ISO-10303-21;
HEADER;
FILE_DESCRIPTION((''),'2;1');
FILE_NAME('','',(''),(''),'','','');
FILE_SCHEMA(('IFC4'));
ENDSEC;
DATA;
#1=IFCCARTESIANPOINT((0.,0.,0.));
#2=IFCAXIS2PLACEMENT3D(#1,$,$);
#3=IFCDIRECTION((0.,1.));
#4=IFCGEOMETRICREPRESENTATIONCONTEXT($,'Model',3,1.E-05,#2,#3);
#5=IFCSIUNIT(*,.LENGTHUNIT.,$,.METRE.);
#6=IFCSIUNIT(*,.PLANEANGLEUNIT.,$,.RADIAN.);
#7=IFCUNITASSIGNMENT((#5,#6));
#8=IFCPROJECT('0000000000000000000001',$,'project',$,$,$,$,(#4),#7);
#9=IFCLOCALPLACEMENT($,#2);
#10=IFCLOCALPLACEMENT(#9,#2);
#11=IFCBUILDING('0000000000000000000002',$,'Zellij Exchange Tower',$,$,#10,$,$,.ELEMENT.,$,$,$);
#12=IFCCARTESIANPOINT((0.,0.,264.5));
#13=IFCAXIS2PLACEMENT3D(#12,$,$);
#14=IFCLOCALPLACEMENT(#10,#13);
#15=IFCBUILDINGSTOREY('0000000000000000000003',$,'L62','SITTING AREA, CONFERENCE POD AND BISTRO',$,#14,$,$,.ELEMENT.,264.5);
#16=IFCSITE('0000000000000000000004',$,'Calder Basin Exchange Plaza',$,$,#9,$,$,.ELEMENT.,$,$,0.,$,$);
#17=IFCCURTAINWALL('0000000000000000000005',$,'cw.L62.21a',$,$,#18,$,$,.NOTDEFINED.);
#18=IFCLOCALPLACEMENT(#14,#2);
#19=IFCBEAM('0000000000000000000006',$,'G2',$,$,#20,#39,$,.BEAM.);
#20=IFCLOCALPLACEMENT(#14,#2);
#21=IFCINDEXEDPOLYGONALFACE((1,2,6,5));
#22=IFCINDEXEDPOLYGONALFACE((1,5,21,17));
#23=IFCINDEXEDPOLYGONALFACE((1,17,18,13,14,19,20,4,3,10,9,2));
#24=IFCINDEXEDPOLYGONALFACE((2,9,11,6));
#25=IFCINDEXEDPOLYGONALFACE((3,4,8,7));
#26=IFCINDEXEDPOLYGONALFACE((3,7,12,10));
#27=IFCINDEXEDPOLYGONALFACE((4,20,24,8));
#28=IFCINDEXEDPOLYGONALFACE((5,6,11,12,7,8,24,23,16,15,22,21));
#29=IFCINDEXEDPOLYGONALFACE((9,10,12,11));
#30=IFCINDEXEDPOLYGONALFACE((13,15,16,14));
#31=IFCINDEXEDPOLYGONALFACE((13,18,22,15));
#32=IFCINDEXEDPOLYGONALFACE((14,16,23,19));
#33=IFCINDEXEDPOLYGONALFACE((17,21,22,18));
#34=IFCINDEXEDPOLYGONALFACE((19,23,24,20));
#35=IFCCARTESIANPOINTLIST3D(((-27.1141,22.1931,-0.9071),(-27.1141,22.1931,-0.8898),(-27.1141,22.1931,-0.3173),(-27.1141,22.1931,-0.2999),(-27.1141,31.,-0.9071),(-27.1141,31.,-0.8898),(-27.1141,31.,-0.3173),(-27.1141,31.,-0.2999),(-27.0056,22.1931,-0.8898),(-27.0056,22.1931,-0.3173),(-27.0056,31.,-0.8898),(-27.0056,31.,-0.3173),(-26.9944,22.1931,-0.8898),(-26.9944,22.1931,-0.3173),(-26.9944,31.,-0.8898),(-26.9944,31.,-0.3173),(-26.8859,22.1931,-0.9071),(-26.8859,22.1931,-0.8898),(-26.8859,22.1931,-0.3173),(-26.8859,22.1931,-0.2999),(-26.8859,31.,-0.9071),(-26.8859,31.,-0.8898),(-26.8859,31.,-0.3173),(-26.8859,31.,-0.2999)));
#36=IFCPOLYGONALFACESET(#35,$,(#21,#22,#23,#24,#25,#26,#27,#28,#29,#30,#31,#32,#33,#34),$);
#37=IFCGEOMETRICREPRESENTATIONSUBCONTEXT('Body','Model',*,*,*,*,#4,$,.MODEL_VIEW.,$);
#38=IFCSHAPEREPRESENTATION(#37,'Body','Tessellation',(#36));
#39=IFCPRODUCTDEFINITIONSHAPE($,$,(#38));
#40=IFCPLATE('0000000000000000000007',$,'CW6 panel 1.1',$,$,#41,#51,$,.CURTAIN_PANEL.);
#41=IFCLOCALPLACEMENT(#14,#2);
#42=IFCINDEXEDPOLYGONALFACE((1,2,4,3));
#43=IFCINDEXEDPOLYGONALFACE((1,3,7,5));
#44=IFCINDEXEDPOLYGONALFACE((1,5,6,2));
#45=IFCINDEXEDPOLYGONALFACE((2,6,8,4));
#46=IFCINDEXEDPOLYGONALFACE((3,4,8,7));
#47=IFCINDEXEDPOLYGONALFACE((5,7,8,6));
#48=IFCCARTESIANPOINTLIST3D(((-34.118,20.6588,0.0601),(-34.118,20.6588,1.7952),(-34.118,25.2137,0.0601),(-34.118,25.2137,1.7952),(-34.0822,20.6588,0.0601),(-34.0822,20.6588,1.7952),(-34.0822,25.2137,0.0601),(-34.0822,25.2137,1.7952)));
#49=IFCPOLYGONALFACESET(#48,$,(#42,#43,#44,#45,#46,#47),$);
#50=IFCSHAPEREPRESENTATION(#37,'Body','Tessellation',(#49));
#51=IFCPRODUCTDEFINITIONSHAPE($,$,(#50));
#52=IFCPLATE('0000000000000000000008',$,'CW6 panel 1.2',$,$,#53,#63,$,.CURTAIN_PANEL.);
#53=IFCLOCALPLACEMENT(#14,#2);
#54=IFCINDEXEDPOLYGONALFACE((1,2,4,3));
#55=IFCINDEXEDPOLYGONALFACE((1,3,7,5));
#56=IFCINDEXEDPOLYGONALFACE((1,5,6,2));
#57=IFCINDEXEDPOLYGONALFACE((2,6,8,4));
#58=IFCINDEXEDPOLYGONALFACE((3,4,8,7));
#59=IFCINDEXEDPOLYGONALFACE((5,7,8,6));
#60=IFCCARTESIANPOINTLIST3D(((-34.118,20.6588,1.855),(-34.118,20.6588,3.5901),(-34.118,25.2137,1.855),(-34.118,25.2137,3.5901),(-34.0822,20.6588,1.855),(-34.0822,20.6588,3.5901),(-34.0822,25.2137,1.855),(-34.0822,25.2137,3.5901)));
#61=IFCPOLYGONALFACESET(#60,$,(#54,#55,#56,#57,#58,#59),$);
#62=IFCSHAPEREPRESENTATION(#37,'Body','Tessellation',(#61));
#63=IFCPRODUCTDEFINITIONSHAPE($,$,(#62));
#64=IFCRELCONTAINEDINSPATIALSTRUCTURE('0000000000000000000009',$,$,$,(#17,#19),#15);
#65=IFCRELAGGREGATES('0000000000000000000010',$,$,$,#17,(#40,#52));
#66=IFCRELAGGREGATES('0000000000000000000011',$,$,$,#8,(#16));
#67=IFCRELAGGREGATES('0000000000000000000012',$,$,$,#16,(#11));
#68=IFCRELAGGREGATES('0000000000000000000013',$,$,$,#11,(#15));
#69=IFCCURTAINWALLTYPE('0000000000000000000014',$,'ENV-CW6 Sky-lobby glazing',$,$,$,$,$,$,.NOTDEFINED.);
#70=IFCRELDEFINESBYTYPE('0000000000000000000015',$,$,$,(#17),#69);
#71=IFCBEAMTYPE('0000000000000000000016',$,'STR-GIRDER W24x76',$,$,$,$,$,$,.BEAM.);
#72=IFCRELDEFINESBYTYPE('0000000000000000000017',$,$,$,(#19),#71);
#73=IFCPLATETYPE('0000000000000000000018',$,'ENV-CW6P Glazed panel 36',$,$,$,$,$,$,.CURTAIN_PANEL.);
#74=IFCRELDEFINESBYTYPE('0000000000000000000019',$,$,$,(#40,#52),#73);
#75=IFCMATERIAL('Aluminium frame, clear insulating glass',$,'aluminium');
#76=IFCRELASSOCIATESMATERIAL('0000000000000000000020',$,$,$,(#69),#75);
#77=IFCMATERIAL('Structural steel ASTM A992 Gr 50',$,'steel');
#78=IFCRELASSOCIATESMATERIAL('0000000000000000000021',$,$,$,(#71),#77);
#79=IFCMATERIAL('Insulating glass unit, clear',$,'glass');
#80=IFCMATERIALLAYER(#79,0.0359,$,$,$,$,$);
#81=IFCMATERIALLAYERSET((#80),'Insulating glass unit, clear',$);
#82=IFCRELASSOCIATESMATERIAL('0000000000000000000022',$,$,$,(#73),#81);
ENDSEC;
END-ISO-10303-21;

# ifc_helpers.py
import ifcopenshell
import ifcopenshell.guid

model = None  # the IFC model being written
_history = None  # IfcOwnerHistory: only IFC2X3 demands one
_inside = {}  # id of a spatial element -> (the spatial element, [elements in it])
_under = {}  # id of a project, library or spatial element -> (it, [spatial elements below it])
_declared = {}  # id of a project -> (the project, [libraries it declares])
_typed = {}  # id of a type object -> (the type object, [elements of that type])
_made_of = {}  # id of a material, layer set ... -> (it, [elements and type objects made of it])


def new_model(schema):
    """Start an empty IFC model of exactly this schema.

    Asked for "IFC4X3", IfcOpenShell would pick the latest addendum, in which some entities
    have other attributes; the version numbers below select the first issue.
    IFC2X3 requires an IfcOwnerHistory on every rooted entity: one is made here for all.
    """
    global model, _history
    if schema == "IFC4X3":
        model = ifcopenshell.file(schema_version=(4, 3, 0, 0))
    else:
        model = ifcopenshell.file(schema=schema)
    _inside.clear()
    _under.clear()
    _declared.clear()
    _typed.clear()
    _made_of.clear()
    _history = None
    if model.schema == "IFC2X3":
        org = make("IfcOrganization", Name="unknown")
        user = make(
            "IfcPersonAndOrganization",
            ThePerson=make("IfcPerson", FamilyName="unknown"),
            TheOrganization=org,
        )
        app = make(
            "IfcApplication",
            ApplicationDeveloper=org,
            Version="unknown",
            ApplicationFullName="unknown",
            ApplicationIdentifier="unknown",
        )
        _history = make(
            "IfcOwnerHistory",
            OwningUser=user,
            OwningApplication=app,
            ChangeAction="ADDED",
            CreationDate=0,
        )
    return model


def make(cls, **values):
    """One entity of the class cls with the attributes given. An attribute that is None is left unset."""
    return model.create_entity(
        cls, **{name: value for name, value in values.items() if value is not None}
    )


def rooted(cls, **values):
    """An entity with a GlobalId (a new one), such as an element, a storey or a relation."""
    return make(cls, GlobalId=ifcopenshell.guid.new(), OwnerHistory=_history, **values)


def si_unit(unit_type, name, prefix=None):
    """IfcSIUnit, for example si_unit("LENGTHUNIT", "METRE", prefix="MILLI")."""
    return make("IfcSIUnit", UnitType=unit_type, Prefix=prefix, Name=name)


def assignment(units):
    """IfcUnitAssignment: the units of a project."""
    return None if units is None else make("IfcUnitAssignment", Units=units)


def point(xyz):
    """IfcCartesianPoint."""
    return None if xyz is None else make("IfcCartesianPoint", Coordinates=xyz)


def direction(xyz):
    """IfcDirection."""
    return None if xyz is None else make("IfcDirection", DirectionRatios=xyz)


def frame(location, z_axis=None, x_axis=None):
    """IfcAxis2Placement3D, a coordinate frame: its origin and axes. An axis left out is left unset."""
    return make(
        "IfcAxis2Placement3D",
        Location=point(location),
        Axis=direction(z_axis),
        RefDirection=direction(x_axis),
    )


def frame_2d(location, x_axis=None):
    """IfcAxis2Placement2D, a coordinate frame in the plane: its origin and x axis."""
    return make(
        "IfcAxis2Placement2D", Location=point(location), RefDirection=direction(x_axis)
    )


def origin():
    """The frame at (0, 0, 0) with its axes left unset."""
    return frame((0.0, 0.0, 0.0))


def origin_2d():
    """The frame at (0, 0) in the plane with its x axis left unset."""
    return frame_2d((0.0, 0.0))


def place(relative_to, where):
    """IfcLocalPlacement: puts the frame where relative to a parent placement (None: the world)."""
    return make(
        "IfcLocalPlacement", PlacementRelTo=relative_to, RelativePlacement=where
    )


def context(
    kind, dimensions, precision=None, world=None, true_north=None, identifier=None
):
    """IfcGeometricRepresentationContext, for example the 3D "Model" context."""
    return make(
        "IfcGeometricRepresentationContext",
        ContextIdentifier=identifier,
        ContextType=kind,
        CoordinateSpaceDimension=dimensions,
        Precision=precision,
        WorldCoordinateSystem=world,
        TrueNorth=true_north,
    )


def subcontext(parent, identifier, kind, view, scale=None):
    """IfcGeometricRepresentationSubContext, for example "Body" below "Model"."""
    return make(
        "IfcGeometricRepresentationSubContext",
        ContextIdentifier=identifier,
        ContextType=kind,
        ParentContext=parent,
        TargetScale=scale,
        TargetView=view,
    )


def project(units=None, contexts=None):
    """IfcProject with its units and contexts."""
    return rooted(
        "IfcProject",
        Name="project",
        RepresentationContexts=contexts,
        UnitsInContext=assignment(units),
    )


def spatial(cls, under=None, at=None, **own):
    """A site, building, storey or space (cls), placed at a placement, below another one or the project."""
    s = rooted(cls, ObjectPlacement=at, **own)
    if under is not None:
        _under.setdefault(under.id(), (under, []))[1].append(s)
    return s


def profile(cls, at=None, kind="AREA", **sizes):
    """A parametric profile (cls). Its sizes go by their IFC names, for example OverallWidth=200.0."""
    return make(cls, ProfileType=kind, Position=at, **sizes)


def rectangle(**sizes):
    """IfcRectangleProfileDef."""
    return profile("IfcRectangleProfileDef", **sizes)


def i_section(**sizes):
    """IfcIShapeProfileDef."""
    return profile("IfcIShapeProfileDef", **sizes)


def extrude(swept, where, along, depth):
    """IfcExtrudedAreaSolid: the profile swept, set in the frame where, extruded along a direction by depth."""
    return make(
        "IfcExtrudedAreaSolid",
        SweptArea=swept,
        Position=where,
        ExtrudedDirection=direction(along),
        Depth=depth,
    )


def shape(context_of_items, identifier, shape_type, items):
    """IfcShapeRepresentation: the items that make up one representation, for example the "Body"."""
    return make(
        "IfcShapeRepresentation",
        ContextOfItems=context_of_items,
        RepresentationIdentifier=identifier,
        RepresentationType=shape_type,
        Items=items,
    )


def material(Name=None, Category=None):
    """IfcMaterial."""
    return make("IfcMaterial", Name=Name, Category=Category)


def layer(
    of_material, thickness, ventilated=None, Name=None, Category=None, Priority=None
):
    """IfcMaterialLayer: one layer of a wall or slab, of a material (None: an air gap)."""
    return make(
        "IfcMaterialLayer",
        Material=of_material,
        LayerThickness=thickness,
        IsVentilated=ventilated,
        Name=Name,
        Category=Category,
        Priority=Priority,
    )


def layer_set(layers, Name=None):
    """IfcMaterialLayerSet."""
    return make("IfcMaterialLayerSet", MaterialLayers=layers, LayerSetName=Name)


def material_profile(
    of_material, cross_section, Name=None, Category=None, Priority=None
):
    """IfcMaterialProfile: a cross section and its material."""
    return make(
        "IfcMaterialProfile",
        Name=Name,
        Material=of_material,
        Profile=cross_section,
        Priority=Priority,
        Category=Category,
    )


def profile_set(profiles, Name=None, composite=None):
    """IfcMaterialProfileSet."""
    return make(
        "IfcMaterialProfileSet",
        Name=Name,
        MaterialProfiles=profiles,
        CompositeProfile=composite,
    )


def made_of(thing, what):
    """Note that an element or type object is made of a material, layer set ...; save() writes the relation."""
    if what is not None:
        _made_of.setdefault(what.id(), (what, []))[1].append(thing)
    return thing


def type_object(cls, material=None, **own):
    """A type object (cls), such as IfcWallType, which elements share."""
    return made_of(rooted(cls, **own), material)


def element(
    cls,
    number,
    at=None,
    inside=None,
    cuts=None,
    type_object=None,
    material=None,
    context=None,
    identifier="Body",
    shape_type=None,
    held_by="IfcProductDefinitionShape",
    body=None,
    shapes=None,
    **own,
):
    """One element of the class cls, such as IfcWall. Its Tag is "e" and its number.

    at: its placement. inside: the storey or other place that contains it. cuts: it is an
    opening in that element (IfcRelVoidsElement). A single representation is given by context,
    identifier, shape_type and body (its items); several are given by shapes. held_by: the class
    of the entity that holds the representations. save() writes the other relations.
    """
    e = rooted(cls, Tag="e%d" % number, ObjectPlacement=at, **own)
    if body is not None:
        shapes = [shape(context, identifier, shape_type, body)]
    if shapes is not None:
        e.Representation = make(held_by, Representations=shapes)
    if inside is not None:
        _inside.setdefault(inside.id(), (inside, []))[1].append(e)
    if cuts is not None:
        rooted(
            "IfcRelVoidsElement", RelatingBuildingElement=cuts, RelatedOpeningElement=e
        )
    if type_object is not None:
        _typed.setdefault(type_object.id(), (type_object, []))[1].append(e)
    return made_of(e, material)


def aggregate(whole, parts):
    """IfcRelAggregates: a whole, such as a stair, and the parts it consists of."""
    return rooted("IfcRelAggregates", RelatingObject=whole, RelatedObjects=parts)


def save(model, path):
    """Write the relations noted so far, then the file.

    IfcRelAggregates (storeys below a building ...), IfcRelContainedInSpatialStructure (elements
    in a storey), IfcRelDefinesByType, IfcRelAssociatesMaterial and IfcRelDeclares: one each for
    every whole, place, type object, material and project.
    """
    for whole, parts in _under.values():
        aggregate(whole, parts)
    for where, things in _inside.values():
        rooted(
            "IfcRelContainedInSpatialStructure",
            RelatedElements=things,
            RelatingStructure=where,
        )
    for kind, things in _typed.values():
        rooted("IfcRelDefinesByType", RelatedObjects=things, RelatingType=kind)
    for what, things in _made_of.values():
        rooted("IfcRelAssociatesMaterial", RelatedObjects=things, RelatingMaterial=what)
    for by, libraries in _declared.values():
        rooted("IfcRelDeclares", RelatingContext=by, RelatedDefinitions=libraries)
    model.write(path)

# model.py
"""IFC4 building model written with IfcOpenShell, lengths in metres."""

from ifc_helpers import new_model, si_unit, direction, frame, origin, origin_2d, place, context, subcontext, project, spatial, rectangle, i_section, extrude, material, layer, layer_set, material_profile, profile_set, type_object, element, aggregate, save


model = new_model("IFC4")

# Units and contexts
model_context = context("Model", 3, precision=1e-05, world=origin(), true_north=direction((0.0, 1.0)))
body_context = subcontext(model_context, "Body", "Model", "MODEL_VIEW")
ifc_project = project(units=[si_unit("LENGTHUNIT", "METRE"), si_unit("PLANEANGLEUNIT", "RADIAN")], contexts=[model_context])

# Site, building, storey
site_placement = place(None, origin())
site = spatial("IfcSite", under=ifc_project, at=site_placement, Name="Calder Basin Exchange Plaza", CompositionType="ELEMENT", RefElevation=0.0)
building_placement = place(site_placement, origin())
building = spatial("IfcBuilding", under=site, at=building_placement, Name="Zellij Exchange Tower", CompositionType="ELEMENT")
storey_placement = place(building_placement, frame((0.0, 0.0, 264.5)))
storey = spatial("IfcBuildingStorey", under=building, at=storey_placement, Name="L62", Description="SITTING AREA, CONFERENCE POD AND BISTRO", CompositionType="ELEMENT", Elevation=264.5)

# Shared definitions
ifc_material_1 = material(Name="Structural steel ASTM A992 Gr 50", Category="steel")

# Curtain wall
ifc_material_2 = material(Name="Aluminium frame, clear insulating glass", Category="aluminium")
curtain_wall_type = type_object("IfcCurtainWallType", Name="ENV-CW6 Sky-lobby glazing", PredefinedType="NOTDEFINED", material=ifc_material_2)
curtain_wall_placement = place(storey_placement, origin())
curtain_wall = element("IfcCurtainWall", 1, at=curtain_wall_placement, inside=storey, type_object=curtain_wall_type, Name="cw.L62.21a", PredefinedType="NOTDEFINED")

# Beam
ifc_material_profile_1 = material_profile(ifc_material_1, i_section(OverallWidth=0.2283, OverallDepth=0.6072, WebThickness=0.0112, FlangeThickness=0.0173, at=origin_2d()), Name="W24x76")
ifc_profile_set_1 = profile_set([ifc_material_profile_1], Name="Structural steel ASTM A992 Gr 50")
beam_type = type_object("IfcBeamType", Name="STR-GIRDER W24x76", PredefinedType="BEAM", material=ifc_profile_set_1)
beam_1_placement = place(storey_placement, frame((-27.0, 22.1931, -0.6035), z_axis=(0.0, 1.0, 0.0), x_axis=(-1.0, 0.0, 0.0)))
element("IfcBeam", 2, at=beam_1_placement, inside=storey, type_object=beam_type, Name="G2", PredefinedType="BEAM", context=body_context, shape_type="SweptSolid", body=[
    extrude(i_section(OverallWidth=0.2283, OverallDepth=0.6072, WebThickness=0.0112, FlangeThickness=0.0173, at=origin_2d()), origin(), (0.0, 0.0, 1.0), 8.8069),
])

# Plates
ifc_material_3 = material(Name="Insulating glass unit, clear", Category="glass")
ifc_layer_1 = layer(ifc_material_3, 0.0359)
ifc_layer_set_1 = layer_set([ifc_layer_1], Name="Insulating glass unit, clear")
plate_type = type_object("IfcPlateType", Name="ENV-CW6P Glazed panel 36", PredefinedType="CURTAIN_PANEL", material=ifc_layer_set_1)
plate_1_placement = place(storey_placement, frame((-34.1001, 22.9363, 0.0601), z_axis=(0.0, 0.0, 1.0), x_axis=(0.0, -1.0, 0.0)))
plate_1 = element("IfcPlate", 3, at=plate_1_placement, type_object=plate_type, Name="CW6 panel 1.1", PredefinedType="CURTAIN_PANEL", context=body_context, shape_type="SweptSolid", body=[
    extrude(rectangle(XDim=4.5549, YDim=0.0359, at=origin_2d()), origin(), (0.0, 0.0, 1.0), 1.7351),
])
plate_2_placement = place(storey_placement, frame((-34.1001, 22.9363, 1.855), z_axis=(0.0, 0.0, 1.0), x_axis=(0.0, -1.0, 0.0)))
plate_2 = element("IfcPlate", 4, at=plate_2_placement, type_object=plate_type, Name="CW6 panel 1.2", PredefinedType="CURTAIN_PANEL", context=body_context, shape_type="SweptSolid", body=[
    extrude(rectangle(XDim=4.5549, YDim=0.0359, at=origin_2d()), origin(), (0.0, 0.0, 1.0), 1.7351),
])
aggregate(curtain_wall, [plate_1, plate_2])

save(model, "model.ifc")
